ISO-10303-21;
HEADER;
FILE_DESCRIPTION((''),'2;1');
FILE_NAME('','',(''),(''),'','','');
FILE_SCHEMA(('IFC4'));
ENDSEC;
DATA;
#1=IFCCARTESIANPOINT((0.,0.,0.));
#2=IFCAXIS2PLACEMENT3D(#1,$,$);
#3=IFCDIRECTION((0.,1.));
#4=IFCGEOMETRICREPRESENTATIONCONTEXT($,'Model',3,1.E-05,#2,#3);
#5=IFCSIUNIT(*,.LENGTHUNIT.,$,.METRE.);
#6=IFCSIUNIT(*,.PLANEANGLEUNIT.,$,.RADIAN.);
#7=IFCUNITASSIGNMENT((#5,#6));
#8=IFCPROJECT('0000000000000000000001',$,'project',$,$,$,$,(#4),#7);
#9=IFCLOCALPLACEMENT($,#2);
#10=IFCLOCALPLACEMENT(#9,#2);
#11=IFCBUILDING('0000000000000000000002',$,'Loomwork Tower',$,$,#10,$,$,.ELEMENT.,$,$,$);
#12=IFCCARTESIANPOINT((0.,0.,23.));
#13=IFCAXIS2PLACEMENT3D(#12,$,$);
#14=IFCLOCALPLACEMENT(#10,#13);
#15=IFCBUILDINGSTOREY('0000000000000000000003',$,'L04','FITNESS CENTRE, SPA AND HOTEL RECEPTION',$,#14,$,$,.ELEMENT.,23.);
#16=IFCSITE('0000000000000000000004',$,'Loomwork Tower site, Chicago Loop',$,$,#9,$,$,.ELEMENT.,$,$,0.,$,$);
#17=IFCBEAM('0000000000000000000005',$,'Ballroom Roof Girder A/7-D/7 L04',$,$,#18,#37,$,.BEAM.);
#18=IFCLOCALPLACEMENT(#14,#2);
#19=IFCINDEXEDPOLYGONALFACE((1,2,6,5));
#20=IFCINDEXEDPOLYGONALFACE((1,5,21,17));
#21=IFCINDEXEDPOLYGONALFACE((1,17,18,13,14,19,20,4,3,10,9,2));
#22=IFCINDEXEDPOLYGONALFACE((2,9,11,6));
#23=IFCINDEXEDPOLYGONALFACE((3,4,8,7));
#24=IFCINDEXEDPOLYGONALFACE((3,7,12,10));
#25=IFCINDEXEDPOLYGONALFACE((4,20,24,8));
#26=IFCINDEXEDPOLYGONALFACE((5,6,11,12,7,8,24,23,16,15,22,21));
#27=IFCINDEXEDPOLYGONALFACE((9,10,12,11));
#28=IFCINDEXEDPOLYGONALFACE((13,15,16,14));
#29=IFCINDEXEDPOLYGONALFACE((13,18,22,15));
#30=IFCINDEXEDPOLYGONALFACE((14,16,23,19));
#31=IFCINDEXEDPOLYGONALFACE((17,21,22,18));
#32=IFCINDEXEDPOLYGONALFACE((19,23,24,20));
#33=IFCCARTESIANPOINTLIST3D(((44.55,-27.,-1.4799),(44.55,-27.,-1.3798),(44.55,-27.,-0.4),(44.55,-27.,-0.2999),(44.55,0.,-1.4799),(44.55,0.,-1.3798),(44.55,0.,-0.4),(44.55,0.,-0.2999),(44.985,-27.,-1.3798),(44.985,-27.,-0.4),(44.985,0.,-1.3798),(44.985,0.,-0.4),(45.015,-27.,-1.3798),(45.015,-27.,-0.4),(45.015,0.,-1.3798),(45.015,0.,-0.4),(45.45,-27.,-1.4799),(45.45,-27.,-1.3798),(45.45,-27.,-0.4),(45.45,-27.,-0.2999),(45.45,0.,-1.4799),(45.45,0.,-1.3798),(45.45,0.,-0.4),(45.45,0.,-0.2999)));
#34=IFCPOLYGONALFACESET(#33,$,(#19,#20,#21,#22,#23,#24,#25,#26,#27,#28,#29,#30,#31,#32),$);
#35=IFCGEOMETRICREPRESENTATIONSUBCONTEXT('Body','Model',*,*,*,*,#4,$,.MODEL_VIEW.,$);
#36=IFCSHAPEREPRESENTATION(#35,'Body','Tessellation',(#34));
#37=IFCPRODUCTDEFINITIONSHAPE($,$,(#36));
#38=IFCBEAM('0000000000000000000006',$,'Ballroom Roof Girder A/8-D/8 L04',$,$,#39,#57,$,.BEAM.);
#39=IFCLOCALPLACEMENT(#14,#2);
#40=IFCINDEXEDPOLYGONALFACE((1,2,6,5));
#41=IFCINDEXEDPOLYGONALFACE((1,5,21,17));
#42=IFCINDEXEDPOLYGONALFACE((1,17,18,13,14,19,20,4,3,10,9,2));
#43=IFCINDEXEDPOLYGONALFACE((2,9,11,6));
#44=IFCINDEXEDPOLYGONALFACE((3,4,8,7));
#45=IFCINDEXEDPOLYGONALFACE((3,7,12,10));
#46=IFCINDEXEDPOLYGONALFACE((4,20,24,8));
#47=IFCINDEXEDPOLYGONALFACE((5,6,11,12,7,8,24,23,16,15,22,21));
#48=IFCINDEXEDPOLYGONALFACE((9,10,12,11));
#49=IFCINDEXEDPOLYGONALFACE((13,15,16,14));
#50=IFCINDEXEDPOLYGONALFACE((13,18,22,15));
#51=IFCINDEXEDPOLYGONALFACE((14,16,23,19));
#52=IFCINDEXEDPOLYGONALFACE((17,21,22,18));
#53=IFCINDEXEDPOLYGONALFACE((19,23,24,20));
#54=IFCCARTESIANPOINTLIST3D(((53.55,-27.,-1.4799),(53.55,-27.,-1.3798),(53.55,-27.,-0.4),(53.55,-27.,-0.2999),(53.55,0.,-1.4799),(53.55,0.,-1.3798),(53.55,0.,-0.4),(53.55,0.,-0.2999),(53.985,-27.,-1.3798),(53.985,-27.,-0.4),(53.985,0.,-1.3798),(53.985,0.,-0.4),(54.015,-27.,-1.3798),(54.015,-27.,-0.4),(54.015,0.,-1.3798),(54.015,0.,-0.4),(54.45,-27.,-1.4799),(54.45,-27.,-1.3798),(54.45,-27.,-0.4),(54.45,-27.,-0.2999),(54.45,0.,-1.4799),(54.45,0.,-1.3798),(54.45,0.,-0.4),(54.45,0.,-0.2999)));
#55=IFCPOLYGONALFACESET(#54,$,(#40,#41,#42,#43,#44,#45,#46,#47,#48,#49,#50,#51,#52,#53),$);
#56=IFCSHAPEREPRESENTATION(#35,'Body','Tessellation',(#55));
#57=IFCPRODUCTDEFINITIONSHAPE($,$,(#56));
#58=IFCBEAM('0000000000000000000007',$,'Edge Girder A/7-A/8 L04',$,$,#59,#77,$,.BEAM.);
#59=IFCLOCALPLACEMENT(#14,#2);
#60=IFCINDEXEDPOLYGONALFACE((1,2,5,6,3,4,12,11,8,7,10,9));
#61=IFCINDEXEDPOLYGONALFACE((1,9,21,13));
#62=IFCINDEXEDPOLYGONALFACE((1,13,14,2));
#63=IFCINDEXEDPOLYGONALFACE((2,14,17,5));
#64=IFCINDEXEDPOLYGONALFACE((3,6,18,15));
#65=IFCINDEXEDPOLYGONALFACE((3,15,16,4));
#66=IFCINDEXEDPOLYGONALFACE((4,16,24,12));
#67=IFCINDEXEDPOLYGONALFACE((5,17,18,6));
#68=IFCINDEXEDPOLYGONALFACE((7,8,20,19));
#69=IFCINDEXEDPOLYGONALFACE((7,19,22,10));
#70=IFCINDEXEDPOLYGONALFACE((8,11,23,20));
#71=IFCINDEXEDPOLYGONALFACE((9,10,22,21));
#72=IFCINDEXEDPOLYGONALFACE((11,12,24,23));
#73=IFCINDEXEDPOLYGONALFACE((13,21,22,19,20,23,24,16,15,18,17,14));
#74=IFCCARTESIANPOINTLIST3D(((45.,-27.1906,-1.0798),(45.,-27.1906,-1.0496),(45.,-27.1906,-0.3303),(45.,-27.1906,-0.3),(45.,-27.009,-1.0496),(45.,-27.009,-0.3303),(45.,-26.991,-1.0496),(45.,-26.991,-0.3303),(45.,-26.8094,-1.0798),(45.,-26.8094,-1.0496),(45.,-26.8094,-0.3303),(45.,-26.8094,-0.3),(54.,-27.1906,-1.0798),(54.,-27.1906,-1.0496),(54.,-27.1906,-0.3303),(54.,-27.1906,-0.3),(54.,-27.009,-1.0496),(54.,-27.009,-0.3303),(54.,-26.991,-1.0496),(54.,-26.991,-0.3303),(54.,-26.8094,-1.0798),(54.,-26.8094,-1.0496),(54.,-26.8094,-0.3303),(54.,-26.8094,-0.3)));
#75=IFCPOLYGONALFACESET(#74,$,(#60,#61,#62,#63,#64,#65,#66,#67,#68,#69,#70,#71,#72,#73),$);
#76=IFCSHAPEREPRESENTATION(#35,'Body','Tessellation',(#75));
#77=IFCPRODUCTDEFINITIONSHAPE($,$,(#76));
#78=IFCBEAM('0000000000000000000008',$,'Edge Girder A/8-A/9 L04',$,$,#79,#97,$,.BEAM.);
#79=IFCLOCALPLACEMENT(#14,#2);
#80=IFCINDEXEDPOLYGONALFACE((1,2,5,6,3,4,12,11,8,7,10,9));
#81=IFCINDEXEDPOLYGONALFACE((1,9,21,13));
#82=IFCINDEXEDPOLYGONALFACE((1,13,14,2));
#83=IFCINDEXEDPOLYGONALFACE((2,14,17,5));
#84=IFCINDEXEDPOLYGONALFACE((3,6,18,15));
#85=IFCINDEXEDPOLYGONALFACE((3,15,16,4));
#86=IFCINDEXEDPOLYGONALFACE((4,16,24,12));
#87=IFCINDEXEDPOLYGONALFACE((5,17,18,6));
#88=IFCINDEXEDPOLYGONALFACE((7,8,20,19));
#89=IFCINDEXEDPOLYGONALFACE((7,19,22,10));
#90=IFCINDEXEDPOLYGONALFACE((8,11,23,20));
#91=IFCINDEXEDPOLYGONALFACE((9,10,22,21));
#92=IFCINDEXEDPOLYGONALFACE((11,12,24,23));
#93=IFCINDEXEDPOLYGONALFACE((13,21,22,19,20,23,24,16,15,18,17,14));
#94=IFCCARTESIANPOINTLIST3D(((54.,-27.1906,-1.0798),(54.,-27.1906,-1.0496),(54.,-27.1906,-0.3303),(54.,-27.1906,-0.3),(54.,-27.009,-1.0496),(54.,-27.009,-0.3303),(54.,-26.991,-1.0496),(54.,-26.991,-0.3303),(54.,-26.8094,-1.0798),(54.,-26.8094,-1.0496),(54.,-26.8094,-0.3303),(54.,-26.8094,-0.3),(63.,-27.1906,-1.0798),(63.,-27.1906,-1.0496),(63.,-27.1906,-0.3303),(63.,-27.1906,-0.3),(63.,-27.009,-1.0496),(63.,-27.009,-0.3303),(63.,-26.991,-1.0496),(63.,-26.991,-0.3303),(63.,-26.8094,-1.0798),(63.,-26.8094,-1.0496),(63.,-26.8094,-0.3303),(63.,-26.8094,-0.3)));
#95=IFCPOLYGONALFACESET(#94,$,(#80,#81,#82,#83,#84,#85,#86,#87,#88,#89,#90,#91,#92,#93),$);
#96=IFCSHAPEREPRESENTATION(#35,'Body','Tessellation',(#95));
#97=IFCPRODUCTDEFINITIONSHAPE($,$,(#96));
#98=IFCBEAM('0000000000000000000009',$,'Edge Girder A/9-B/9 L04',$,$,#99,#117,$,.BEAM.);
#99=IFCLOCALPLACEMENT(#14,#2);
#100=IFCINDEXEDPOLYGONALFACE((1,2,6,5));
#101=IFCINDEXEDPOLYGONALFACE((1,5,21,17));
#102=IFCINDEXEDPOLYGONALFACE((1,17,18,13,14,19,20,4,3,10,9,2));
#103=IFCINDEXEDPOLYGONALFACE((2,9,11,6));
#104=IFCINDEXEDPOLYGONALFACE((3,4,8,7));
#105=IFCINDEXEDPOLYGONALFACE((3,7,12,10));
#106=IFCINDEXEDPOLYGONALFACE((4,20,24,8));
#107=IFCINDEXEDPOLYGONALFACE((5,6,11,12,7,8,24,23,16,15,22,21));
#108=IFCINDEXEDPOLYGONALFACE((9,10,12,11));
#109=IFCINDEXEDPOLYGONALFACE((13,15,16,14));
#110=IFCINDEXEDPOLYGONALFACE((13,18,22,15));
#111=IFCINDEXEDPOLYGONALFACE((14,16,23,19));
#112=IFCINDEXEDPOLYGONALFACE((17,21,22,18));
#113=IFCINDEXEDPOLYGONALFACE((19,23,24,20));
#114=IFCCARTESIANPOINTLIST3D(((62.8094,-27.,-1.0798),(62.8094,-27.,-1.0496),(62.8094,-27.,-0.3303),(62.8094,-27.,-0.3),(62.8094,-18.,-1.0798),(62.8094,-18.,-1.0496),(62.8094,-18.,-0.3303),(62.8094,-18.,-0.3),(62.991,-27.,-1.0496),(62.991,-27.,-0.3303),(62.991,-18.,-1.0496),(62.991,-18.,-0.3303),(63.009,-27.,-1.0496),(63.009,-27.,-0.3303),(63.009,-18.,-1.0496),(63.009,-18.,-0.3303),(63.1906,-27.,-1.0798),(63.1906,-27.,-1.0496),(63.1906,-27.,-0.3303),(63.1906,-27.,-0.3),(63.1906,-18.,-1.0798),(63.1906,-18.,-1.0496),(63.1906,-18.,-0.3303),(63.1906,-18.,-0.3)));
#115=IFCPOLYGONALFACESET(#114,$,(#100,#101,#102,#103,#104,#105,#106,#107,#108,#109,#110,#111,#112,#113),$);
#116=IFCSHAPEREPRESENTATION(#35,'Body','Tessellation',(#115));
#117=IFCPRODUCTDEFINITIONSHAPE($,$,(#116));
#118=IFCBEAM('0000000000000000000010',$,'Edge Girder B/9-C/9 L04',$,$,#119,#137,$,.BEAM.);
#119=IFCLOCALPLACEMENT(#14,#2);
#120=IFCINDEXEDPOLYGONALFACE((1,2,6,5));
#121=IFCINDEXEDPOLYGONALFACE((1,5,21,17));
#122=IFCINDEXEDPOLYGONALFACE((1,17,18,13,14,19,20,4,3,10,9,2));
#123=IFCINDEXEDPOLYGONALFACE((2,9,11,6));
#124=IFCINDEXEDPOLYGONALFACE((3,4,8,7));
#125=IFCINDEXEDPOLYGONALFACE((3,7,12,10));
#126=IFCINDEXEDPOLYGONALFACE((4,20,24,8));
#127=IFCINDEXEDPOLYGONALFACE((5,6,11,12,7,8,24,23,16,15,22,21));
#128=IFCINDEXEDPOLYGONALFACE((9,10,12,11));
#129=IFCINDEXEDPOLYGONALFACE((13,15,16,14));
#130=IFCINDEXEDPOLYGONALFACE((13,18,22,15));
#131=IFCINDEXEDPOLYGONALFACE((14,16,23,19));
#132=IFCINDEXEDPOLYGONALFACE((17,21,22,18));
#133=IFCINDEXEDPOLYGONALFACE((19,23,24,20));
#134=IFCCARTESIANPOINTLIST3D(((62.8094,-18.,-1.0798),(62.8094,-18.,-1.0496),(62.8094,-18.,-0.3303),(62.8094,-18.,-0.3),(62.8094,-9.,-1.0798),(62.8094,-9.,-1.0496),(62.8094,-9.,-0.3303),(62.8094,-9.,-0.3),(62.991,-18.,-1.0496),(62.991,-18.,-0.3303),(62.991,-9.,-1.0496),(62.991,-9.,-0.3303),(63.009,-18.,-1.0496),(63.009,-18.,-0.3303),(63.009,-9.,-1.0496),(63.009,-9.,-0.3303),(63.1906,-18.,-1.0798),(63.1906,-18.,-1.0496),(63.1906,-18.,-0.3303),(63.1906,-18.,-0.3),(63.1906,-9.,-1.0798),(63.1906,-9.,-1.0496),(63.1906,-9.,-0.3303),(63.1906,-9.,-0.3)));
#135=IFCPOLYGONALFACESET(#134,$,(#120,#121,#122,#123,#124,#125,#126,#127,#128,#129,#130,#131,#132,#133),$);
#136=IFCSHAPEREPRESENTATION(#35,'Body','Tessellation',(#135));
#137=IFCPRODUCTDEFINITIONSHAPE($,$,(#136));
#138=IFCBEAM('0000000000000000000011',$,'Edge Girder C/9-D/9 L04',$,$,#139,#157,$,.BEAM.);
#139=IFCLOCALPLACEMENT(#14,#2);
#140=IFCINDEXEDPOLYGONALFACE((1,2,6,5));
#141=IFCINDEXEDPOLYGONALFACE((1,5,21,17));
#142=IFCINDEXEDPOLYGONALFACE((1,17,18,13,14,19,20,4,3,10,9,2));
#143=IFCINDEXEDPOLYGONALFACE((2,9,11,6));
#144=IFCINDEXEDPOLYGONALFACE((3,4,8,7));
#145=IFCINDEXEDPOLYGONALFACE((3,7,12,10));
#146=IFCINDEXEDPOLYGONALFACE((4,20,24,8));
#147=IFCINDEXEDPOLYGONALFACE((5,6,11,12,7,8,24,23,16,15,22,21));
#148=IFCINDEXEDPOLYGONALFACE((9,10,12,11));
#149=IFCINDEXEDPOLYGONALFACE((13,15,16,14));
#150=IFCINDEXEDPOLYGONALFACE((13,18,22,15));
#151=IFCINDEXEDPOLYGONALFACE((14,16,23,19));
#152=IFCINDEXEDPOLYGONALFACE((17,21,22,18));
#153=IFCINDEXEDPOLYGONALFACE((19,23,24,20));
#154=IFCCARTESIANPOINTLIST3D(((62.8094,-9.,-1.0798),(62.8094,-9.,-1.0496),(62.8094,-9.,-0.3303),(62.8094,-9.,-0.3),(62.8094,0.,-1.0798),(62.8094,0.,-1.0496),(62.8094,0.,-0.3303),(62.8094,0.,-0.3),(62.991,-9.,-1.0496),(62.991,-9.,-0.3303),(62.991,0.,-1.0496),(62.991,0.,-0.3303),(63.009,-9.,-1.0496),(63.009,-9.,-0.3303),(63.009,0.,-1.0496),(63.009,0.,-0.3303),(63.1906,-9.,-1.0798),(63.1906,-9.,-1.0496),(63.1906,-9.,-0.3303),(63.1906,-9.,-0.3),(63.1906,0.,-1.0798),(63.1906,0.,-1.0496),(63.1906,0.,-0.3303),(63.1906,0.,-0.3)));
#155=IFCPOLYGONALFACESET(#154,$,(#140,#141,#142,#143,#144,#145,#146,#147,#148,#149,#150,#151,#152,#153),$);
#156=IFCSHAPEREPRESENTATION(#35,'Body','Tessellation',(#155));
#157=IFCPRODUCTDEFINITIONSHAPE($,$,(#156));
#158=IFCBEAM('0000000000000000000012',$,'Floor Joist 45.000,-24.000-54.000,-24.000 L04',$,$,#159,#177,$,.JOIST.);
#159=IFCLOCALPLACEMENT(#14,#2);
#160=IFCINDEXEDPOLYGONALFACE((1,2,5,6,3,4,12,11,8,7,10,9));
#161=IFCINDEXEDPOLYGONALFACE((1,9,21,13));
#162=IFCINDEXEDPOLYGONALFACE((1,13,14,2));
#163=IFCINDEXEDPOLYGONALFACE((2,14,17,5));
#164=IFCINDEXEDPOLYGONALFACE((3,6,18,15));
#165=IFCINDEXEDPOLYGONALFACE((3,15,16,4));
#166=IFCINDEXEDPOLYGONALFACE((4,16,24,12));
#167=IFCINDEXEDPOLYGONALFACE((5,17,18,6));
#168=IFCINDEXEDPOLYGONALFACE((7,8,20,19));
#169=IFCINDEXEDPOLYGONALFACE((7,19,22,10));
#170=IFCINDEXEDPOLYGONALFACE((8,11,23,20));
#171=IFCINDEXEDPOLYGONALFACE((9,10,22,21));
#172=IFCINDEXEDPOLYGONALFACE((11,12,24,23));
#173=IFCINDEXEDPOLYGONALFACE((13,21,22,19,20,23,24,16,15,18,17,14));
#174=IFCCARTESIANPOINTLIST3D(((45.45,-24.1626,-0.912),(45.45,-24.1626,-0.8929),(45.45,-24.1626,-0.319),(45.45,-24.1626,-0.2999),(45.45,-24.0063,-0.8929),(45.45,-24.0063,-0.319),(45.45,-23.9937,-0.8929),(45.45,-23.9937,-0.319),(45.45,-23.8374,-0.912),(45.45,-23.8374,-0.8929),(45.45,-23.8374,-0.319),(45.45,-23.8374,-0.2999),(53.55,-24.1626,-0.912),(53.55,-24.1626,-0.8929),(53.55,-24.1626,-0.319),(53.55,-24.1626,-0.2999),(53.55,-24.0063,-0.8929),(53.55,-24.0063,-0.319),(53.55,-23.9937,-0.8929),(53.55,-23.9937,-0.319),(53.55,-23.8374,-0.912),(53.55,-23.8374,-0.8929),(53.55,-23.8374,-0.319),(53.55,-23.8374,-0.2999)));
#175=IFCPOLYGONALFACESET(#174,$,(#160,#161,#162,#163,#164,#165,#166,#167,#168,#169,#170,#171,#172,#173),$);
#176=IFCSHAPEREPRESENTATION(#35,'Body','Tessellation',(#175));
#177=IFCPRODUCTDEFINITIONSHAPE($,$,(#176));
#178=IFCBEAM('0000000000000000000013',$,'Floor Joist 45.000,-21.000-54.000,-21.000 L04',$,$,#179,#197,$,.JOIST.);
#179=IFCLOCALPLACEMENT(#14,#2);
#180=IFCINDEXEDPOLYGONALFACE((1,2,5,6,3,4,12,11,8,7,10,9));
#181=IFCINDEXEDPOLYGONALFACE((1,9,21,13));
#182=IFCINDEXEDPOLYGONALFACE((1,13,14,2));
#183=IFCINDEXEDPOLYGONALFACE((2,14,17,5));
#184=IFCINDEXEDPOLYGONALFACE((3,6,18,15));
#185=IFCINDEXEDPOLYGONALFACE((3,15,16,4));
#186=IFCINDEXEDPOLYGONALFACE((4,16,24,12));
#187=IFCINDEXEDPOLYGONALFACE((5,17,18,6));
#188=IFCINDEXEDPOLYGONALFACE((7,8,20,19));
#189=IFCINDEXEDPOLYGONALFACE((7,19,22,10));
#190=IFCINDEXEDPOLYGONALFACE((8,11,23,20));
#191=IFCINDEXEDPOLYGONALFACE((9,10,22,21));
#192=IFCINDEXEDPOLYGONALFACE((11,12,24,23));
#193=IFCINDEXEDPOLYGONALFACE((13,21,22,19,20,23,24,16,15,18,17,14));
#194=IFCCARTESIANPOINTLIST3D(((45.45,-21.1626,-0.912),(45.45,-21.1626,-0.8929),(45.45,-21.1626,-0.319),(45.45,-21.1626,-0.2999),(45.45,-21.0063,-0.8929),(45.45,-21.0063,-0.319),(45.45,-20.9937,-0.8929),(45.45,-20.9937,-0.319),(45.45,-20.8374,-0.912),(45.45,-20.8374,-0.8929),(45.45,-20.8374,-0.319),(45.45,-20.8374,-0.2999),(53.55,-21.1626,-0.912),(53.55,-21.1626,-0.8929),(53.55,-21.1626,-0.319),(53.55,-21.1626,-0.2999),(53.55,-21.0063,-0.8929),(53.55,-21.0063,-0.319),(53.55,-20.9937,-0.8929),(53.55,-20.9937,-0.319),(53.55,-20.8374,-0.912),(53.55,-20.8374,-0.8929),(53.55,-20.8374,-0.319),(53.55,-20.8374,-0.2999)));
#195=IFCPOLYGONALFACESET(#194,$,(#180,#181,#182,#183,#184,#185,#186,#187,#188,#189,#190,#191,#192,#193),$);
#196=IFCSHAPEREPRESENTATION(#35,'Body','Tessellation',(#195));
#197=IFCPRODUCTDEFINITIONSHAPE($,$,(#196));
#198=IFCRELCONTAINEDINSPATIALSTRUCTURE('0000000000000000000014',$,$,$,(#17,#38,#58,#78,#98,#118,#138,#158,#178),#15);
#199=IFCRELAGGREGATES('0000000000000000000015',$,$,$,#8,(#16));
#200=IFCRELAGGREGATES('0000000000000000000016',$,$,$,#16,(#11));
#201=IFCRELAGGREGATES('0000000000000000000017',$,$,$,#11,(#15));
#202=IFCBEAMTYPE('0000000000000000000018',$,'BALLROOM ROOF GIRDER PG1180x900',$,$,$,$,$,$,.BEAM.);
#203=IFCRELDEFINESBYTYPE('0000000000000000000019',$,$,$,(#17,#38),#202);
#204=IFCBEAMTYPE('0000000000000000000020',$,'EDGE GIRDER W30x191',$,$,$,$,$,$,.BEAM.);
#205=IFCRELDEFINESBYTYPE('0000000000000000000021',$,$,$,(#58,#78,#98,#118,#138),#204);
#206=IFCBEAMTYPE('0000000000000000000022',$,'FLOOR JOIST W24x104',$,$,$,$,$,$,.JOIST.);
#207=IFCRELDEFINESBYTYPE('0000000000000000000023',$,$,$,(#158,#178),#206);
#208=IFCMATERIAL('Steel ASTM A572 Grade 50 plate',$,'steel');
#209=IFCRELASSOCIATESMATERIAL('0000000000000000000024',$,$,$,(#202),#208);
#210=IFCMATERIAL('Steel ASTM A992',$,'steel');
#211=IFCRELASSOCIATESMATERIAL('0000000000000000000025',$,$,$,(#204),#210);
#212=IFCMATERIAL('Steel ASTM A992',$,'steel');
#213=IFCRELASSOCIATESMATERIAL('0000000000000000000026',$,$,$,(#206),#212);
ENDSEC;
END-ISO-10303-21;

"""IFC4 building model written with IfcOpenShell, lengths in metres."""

from ifc_helpers import new_model, si_unit, direction, frame, origin, origin_2d, place, context, subcontext, project, spatial, i_section, extrude, material, material_profile, profile_set, type_object, element, save


model = new_model("IFC4")

# Units and contexts
model_context = context("Model", 3, precision=1e-05, world=origin(), true_north=direction((0.0, 1.0)))
body_context = subcontext(model_context, "Body", "Model", "MODEL_VIEW")
ifc_project = project(units=[si_unit("LENGTHUNIT", "METRE"), si_unit("PLANEANGLEUNIT", "RADIAN")], contexts=[model_context])

# Site, building, storey
site_placement = place(None, origin())
site = spatial("IfcSite", under=ifc_project, at=site_placement, Name="Loomwork Tower site, Chicago Loop", CompositionType="ELEMENT", RefElevation=0.0)
building_placement = place(site_placement, origin())
building = spatial("IfcBuilding", under=site, at=building_placement, Name="Loomwork Tower", CompositionType="ELEMENT")
storey_placement = place(building_placement, frame((0.0, 0.0, 23.0)))
storey = spatial("IfcBuildingStorey", under=building, at=storey_placement, Name="L04", Description="FITNESS CENTRE, SPA AND HOTEL RECEPTION", CompositionType="ELEMENT", Elevation=23.0)

# Beams
ifc_material_1 = material(Name="Steel ASTM A572 Grade 50 plate", Category="steel")
ifc_material_profile_1 = material_profile(ifc_material_1, i_section(OverallWidth=0.8999, OverallDepth=1.1799, WebThickness=0.03, FlangeThickness=0.1001, at=origin_2d()), Name="PG1180x900")
ifc_profile_set_1 = profile_set([ifc_material_profile_1], Name="Steel ASTM A572 Grade 50 plate")
beam_type_1 = type_object("IfcBeamType", Name="BALLROOM ROOF GIRDER PG1180x900", PredefinedType="BEAM", material=ifc_profile_set_1)
for number, where, z_axis, x_axis, name in (
    (1, (45.0, -27.0, -0.8899), (0.0, 1.0, 0.0), (-1.0, 0.0, 0.0), "Ballroom Roof Girder A/7-D/7 L04"),
    (2, (54.0, -27.0, -0.8899), (0.0, 1.0, 0.0), (-1.0, 0.0, 0.0), "Ballroom Roof Girder A/8-D/8 L04"),
):
    element("IfcBeam", number, at=place(storey_placement, frame(where, z_axis=z_axis, x_axis=x_axis)), inside=storey, type_object=beam_type_1, Name=name, PredefinedType="BEAM", context=body_context, shape_type="SweptSolid", body=[
        extrude(i_section(OverallWidth=0.8999, OverallDepth=1.1799, WebThickness=0.03, FlangeThickness=0.1001, at=origin_2d()), origin(), (0.0, 0.0, 1.0), 27.0),
    ])
ifc_material_2 = material(Name="Steel ASTM A992", Category="steel")
ifc_material_profile_2 = material_profile(ifc_material_2, i_section(OverallWidth=0.3811, OverallDepth=0.7798, WebThickness=0.0181, FlangeThickness=0.0303, at=origin_2d()), Name="W30x191")
ifc_profile_set_2 = profile_set([ifc_material_profile_2], Name="Steel ASTM A992")
beam_type_2 = type_object("IfcBeamType", Name="EDGE GIRDER W30x191", PredefinedType="BEAM", material=ifc_profile_set_2)
for number, where, z_axis, x_axis, name in (
    (3, (45.0, -27.0, -0.6899), (1.0, 0.0, 0.0), (0.0, 1.0, 0.0), "Edge Girder A/7-A/8 L04"),
    (4, (54.0, -27.0, -0.6899), (1.0, 0.0, 0.0), (0.0, 1.0, 0.0), "Edge Girder A/8-A/9 L04"),
    (5, (63.0, -27.0, -0.6899), (0.0, 1.0, 0.0), (-1.0, 0.0, 0.0), "Edge Girder A/9-B/9 L04"),
    (6, (63.0, -18.0, -0.6899), (0.0, 1.0, 0.0), (-1.0, 0.0, 0.0), "Edge Girder B/9-C/9 L04"),
    (7, (63.0, -9.0, -0.6899), (0.0, 1.0, 0.0), (-1.0, 0.0, 0.0), "Edge Girder C/9-D/9 L04"),
):
    element("IfcBeam", number, at=place(storey_placement, frame(where, z_axis=z_axis, x_axis=x_axis)), inside=storey, type_object=beam_type_2, Name=name, PredefinedType="BEAM", context=body_context, shape_type="SweptSolid", body=[
        extrude(i_section(OverallWidth=0.3811, OverallDepth=0.7798, WebThickness=0.0181, FlangeThickness=0.0303, at=origin_2d()), origin(), (0.0, 0.0, 1.0), 9.0),
    ])
ifc_material_3 = material(Name="Steel ASTM A992", Category="steel")
ifc_material_profile_3 = material_profile(ifc_material_3, i_section(OverallWidth=0.3252, OverallDepth=0.6121, WebThickness=0.0127, FlangeThickness=0.019, at=origin_2d()), Name="W24x104")
ifc_profile_set_3 = profile_set([ifc_material_profile_3], Name="Steel ASTM A992")
beam_type_3 = type_object("IfcBeamType", Name="FLOOR JOIST W24x104", PredefinedType="JOIST", material=ifc_profile_set_3)
for number, where, z_axis, x_axis, name in (
    (8, (45.45, -24.0, -0.606), (1.0, 0.0, 0.0), (0.0, 1.0, 0.0), "Floor Joist 45.000,-24.000-54.000,-24.000 L04"),
    (9, (45.45, -21.0, -0.606), (1.0, 0.0, 0.0), (0.0, 1.0, 0.0), "Floor Joist 45.000,-21.000-54.000,-21.000 L04"),
):
    element("IfcBeam", number, at=place(storey_placement, frame(where, z_axis=z_axis, x_axis=x_axis)), inside=storey, type_object=beam_type_3, Name=name, PredefinedType="JOIST", context=body_context, shape_type="SweptSolid", body=[
        extrude(i_section(OverallWidth=0.3252, OverallDepth=0.6121, WebThickness=0.0127, FlangeThickness=0.019, at=origin_2d()), origin(), (0.0, 0.0, 1.0), 8.1001),
    ])

save(model, "model.ifc")
